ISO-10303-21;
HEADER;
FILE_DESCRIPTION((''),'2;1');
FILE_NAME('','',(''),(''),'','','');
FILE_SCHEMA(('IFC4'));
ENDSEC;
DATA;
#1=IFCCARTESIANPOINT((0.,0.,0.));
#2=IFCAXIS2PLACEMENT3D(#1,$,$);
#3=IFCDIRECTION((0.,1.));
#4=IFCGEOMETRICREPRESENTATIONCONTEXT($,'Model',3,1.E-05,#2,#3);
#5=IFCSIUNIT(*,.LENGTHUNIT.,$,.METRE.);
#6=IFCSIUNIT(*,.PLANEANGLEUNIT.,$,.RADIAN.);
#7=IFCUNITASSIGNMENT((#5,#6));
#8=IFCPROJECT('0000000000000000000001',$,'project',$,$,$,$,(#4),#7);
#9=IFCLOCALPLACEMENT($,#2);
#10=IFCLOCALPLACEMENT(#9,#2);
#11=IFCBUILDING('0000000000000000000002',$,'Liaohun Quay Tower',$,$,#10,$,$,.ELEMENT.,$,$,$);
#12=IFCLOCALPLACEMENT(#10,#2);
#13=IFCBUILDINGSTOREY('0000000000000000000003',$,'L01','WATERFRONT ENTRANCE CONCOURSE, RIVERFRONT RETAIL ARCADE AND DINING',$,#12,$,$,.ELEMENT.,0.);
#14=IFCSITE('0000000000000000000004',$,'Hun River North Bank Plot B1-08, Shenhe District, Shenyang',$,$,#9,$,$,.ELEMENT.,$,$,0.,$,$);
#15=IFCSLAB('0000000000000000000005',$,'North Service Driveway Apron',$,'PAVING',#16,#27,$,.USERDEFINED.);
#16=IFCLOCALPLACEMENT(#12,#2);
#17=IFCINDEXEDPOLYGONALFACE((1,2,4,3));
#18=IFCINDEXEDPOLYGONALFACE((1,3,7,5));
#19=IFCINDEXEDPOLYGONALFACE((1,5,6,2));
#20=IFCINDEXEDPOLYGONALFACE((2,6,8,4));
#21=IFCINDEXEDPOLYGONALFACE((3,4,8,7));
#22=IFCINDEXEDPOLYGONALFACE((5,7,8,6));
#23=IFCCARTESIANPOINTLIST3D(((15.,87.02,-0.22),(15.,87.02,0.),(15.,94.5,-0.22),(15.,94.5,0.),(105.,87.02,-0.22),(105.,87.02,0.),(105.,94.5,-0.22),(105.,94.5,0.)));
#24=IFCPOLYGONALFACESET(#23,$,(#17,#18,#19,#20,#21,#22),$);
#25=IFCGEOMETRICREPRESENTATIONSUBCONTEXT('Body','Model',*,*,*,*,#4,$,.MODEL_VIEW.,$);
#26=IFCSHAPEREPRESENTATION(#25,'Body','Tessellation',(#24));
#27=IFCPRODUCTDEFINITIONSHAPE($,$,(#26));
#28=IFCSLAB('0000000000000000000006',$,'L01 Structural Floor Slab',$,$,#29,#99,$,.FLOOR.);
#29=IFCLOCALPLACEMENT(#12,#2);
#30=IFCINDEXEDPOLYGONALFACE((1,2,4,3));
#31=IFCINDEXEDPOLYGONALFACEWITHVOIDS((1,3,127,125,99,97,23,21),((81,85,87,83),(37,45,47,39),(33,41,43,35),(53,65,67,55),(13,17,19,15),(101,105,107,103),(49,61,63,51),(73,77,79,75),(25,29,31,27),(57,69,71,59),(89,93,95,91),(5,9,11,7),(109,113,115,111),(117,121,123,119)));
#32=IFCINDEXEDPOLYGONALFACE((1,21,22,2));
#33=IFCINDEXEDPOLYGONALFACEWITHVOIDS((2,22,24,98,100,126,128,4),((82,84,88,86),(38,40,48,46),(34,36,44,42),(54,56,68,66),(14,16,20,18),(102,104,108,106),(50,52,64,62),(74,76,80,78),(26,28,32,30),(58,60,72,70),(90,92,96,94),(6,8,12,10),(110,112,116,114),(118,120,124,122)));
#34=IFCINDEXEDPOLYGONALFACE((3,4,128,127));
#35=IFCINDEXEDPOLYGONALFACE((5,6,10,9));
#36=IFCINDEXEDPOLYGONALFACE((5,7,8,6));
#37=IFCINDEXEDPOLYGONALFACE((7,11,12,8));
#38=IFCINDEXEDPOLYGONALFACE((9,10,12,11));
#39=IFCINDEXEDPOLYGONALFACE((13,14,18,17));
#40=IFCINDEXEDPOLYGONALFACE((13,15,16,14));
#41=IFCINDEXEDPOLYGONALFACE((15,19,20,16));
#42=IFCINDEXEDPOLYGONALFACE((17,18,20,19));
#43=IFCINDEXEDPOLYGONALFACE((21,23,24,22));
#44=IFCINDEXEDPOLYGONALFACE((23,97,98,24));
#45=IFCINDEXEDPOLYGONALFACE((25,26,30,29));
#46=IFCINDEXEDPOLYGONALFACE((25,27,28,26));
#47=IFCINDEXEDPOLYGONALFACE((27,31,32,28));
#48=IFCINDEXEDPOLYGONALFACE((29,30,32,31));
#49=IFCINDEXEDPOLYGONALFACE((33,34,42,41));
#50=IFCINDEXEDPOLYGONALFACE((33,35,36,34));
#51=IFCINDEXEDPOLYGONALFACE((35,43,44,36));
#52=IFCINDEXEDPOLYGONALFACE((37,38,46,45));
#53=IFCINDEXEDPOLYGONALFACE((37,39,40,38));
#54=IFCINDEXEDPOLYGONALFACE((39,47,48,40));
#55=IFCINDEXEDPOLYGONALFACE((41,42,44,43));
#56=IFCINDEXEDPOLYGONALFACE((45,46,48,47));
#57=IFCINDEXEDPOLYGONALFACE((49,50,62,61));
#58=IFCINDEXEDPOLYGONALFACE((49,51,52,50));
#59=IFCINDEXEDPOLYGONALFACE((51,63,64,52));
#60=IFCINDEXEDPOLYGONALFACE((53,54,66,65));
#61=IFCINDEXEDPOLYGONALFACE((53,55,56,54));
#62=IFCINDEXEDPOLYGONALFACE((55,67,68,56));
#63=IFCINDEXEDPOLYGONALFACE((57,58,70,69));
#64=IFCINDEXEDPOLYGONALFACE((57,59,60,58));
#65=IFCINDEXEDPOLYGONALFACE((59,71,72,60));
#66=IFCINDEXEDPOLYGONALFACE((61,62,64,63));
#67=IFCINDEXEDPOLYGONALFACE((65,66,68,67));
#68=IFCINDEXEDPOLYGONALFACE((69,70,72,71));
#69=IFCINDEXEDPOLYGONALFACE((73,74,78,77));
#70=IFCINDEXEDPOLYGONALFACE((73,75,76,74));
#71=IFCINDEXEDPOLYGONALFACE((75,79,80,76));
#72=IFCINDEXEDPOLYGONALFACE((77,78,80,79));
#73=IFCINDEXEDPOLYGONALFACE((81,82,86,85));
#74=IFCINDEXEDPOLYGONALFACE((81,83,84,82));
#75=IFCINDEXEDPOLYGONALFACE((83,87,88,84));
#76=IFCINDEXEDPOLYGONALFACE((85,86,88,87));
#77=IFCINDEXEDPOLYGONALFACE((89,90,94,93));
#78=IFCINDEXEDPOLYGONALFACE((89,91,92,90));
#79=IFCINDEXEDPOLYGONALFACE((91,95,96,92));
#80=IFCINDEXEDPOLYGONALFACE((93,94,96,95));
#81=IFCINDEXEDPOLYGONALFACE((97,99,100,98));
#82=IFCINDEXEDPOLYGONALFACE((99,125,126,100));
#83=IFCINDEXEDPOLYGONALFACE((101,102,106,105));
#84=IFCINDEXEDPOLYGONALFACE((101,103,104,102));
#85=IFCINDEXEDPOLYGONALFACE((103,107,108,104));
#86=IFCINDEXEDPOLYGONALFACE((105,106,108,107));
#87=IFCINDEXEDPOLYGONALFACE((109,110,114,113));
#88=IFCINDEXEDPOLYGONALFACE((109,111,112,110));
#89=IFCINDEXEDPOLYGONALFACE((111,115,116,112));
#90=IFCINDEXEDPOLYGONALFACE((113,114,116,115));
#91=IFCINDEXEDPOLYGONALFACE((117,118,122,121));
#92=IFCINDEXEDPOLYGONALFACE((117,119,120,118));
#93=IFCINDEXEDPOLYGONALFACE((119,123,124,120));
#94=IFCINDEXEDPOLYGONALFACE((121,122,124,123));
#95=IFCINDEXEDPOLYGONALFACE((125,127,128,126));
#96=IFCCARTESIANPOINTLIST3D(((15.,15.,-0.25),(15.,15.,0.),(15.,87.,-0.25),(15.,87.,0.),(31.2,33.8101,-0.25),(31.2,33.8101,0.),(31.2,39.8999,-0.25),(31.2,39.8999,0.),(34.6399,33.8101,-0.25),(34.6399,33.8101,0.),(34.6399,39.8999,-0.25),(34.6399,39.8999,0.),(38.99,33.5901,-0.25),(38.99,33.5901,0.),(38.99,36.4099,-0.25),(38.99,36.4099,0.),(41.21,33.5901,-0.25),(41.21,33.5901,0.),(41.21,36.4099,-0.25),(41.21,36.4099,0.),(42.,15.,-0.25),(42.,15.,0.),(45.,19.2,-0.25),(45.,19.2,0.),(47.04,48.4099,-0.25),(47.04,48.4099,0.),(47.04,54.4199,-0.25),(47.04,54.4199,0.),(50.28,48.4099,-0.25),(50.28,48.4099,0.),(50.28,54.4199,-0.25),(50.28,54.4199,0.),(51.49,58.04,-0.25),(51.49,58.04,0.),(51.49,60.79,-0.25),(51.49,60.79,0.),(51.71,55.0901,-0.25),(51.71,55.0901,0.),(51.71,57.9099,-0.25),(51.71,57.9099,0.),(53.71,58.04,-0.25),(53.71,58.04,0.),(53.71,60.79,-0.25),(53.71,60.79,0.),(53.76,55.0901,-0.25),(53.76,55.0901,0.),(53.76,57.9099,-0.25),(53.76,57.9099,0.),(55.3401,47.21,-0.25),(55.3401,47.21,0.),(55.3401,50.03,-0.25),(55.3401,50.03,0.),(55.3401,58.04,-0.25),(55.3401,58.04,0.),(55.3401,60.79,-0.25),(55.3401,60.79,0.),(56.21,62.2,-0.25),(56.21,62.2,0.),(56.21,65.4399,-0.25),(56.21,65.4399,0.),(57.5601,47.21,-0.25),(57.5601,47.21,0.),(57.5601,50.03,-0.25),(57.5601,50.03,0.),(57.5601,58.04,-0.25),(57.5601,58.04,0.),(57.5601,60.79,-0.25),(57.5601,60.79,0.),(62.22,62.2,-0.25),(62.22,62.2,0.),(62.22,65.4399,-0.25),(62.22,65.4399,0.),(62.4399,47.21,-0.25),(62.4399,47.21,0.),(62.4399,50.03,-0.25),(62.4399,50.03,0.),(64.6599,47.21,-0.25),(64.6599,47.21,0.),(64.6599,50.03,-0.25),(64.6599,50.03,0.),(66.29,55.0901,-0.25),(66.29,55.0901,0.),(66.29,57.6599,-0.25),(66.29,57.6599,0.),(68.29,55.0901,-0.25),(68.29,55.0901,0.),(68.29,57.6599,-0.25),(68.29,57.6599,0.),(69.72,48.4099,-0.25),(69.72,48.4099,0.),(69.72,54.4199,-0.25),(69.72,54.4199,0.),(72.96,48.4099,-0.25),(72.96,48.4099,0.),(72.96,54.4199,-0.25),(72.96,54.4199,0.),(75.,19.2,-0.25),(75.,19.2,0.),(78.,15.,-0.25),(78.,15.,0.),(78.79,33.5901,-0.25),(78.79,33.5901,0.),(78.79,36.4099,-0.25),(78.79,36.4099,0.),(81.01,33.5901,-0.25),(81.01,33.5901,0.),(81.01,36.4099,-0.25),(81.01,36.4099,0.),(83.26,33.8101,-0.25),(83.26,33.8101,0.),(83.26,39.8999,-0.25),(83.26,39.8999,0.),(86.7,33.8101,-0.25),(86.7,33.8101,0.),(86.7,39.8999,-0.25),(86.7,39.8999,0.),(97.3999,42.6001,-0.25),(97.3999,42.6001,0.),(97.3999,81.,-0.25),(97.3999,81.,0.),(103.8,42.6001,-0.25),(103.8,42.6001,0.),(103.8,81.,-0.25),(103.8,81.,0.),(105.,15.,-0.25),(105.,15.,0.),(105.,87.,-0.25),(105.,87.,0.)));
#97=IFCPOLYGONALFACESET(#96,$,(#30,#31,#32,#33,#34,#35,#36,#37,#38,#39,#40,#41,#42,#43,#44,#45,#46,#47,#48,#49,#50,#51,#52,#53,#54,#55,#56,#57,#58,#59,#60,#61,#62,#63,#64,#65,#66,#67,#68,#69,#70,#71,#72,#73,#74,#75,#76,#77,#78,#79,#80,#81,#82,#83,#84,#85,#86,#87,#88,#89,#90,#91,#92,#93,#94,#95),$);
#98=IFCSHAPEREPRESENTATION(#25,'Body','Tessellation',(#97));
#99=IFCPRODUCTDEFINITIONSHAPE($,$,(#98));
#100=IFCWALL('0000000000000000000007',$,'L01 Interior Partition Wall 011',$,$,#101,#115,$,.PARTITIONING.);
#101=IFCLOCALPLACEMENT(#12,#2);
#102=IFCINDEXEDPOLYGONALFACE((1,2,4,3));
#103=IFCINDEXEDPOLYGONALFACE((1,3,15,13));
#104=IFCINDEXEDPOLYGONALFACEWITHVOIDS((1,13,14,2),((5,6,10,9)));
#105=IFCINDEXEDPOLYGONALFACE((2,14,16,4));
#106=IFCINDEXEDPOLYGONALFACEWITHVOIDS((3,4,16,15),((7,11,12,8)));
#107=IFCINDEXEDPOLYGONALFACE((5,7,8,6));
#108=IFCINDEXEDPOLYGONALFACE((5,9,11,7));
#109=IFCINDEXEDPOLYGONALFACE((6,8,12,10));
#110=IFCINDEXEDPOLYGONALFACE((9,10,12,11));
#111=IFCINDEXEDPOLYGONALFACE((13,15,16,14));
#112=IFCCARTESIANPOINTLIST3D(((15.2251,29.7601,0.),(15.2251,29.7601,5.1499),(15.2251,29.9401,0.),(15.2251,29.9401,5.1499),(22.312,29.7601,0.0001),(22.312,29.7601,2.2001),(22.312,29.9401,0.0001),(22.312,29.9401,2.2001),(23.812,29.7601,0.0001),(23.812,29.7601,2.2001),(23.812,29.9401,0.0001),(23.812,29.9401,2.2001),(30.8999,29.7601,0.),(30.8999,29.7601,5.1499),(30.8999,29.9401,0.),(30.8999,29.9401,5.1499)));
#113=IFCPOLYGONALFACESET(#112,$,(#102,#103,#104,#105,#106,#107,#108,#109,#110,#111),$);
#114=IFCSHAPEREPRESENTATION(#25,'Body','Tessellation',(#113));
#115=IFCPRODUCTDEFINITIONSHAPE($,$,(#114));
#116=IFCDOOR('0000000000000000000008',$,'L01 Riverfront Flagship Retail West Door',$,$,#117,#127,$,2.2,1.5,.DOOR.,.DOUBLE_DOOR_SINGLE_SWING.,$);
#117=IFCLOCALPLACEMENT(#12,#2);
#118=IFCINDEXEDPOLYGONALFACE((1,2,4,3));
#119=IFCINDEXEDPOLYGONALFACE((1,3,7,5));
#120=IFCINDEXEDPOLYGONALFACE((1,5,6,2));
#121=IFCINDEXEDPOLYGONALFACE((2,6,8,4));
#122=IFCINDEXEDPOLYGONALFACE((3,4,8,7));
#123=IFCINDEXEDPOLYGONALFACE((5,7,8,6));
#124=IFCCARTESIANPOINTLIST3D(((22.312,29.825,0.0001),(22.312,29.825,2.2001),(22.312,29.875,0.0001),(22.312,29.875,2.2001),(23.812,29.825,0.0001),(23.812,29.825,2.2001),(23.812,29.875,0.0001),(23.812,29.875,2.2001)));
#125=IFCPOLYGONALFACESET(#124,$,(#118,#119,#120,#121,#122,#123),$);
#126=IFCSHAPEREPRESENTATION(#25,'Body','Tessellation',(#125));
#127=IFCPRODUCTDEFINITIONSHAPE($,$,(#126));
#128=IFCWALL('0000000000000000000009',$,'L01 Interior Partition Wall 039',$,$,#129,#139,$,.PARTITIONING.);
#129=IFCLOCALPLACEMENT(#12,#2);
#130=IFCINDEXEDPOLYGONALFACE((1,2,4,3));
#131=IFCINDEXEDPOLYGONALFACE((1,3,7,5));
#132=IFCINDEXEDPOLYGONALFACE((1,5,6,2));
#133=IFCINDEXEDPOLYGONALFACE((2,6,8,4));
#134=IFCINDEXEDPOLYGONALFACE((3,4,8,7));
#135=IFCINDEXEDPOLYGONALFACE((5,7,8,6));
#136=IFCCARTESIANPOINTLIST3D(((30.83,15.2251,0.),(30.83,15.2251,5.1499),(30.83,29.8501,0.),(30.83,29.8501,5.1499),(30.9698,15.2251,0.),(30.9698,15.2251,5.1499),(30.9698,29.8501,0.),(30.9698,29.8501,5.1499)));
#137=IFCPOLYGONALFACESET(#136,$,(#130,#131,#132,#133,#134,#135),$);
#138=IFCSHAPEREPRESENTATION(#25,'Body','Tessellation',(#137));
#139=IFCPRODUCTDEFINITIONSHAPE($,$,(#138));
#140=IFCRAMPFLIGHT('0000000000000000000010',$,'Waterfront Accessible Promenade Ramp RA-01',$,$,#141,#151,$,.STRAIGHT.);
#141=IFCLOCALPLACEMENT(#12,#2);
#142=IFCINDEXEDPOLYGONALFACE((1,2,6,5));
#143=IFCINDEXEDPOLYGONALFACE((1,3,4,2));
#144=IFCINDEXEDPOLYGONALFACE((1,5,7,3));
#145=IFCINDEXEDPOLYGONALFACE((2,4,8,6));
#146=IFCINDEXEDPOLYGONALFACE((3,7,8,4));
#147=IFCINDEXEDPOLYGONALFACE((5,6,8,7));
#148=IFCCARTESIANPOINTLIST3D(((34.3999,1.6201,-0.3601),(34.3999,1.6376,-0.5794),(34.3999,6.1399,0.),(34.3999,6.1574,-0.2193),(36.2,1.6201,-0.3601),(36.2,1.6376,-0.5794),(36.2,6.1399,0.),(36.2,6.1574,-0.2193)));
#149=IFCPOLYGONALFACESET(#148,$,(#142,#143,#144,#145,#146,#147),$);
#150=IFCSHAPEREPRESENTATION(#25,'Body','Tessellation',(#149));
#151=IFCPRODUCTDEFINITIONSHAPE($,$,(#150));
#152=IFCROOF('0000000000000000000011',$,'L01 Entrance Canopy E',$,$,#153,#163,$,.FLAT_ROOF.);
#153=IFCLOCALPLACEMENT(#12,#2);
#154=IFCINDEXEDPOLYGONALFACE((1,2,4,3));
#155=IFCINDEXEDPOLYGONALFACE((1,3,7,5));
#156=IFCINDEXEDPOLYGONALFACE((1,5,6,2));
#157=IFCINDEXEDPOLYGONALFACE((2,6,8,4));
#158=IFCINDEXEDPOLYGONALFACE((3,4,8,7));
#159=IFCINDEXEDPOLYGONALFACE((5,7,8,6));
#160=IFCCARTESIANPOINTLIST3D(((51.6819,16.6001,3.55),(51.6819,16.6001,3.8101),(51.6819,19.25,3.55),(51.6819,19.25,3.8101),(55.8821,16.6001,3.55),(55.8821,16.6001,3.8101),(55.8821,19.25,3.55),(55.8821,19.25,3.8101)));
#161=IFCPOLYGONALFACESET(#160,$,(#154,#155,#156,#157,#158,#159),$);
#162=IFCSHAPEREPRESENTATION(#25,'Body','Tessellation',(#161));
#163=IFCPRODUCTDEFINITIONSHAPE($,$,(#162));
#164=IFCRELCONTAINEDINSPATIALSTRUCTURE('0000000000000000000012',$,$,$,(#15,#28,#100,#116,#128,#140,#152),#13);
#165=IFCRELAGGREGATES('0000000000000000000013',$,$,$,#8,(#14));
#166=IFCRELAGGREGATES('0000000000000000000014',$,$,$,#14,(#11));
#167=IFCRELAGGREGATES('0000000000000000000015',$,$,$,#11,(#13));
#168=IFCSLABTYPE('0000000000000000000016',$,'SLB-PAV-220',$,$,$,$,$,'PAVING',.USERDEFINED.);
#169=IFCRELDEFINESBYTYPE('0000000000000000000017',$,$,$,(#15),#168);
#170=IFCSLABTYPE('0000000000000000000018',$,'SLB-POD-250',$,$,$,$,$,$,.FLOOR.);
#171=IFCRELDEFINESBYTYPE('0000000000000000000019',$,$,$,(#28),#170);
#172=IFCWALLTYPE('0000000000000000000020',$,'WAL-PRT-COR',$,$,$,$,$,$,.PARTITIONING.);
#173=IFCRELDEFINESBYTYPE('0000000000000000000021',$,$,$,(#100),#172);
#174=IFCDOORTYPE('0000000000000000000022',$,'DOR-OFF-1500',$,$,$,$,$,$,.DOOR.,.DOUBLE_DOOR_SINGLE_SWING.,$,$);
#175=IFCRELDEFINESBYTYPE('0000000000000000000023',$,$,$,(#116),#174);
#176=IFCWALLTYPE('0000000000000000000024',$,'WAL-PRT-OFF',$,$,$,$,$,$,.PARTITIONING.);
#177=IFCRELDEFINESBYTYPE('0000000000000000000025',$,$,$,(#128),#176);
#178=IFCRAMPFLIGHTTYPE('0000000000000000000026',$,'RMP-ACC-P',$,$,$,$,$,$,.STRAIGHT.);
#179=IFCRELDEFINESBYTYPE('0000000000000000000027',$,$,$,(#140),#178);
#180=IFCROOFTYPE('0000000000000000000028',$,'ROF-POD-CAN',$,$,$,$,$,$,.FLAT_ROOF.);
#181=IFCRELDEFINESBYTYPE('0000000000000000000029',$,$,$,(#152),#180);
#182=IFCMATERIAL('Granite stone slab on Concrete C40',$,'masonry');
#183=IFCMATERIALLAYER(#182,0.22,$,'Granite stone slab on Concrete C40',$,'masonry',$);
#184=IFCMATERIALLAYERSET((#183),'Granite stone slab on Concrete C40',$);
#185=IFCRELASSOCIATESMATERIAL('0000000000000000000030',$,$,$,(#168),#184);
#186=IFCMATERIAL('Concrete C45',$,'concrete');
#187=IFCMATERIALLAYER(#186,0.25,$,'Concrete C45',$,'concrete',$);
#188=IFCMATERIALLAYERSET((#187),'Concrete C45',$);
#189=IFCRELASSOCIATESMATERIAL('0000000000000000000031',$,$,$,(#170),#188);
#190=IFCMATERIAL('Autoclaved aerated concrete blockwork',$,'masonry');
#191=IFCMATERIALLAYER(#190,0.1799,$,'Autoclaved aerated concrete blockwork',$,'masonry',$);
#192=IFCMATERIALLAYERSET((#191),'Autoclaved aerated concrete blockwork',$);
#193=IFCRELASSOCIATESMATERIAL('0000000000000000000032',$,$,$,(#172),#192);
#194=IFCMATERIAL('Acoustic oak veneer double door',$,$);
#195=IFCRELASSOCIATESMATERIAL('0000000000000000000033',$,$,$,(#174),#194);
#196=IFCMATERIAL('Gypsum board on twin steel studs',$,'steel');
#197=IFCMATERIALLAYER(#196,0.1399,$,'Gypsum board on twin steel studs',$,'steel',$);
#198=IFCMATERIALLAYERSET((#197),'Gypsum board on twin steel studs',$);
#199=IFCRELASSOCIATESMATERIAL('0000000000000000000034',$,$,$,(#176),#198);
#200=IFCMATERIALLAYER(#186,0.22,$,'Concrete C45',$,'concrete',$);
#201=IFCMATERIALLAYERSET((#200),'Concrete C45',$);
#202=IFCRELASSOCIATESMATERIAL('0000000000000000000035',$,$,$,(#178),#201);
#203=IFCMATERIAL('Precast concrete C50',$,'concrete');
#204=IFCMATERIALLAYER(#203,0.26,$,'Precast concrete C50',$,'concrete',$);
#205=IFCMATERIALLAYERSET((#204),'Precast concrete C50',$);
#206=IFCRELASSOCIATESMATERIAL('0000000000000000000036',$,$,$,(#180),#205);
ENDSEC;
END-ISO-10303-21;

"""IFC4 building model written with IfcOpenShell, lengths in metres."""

from ifc_helpers import new_model, si_unit, direction, frame, frame_2d, origin, place, context, subcontext, project, spatial, polyline, rectangle, outline, extrude, source, transform, mapped, material, layer, layer_set, type_object, element, fill, save


model = new_model("IFC4")

# Units and contexts
model_context = context("Model", 3, precision=1e-05, world=origin(), true_north=direction((0.0, 1.0)))
body_context = subcontext(model_context, "Body", "Model", "MODEL_VIEW")
ifc_project = project(units=[si_unit("LENGTHUNIT", "METRE"), si_unit("PLANEANGLEUNIT", "RADIAN")], contexts=[model_context])

# Site, building, storey
site_placement = place(None, origin())
site = spatial("IfcSite", under=ifc_project, at=site_placement, Name="Hun River North Bank Plot B1-08, Shenhe District, Shenyang", CompositionType="ELEMENT", RefElevation=0.0)
building_placement = place(site_placement, origin())
building = spatial("IfcBuilding", under=site, at=building_placement, Name="Liaohun Quay Tower", CompositionType="ELEMENT")
storey_placement = place(building_placement, origin())
storey = spatial("IfcBuildingStorey", under=building, at=storey_placement, Name="L01", Description="WATERFRONT ENTRANCE CONCOURSE, RIVERFRONT RETAIL ARCADE AND DINING", CompositionType="ELEMENT", Elevation=0.0)

# Shared definitions
ifc_material_1 = material(Name="Concrete C45", Category="concrete")
ifc_material_2 = material(Name="Precast concrete C50", Category="concrete")

# Slabs
ifc_material_3 = material(Name="Granite stone slab on Concrete C40", Category="masonry")
ifc_layer_1 = layer(ifc_material_3, 0.22, Name="Granite stone slab on Concrete C40", Category="masonry")
ifc_layer_set_1 = layer_set([ifc_layer_1], Name="Granite stone slab on Concrete C40")
slab_type_1 = type_object("IfcSlabType", Name="SLB-PAV-220", ElementType="PAVING", PredefinedType="USERDEFINED", material=ifc_layer_set_1)
slab_1_placement = place(storey_placement, frame((0.0, 0.0, -0.22)))
element("IfcSlab", 1, at=slab_1_placement, inside=storey, type_object=slab_type_1, Name="North Service Driveway Apron", ObjectType="PAVING", PredefinedType="USERDEFINED", context=body_context, shape_type="SweptSolid", body=[
    extrude(outline(polyline([(15.0, 87.02), (105.0, 87.02), (105.0, 94.5), (15.0, 94.5), (15.0, 87.02)])), origin(), (0.0, 0.0, 1.0), 0.22),
])
ifc_layer_2 = layer(ifc_material_1, 0.25, Name="Concrete C45", Category="concrete")
ifc_layer_set_2 = layer_set([ifc_layer_2], Name="Concrete C45")
slab_type_2 = type_object("IfcSlabType", Name="SLB-POD-250", PredefinedType="FLOOR", material=ifc_layer_set_2)
slab_2_placement = place(storey_placement, frame((0.0, 0.0, -0.25)))
element("IfcSlab", 2, at=slab_2_placement, inside=storey, type_object=slab_type_2, Name="L01 Structural Floor Slab", PredefinedType="FLOOR", context=body_context, shape_type="SweptSolid", body=[
    extrude(outline(polyline([(15.0, 15.0), (42.0, 15.0), (45.0, 19.2), (75.0, 19.2), (78.0, 15.0), (105.0, 15.0), (105.0, 87.0), (15.0, 87.0), (15.0, 15.0)]), holes=[polyline([(41.21, 36.4099), (38.99, 36.4099), (38.99, 33.5901), (41.21, 33.5901), (41.21, 36.4099)]), polyline([(34.6399, 39.8999), (31.2, 39.8999), (31.2, 33.8101), (34.6399, 33.8101), (34.6399, 39.8999)]), polyline([(57.5601, 47.21), (57.5601, 50.03), (55.3401, 50.03), (55.3401, 47.21), (57.5601, 47.21)]), polyline([(50.28, 54.4199), (47.04, 54.4199), (47.04, 48.4099), (50.28, 48.4099), (50.28, 54.4199)]), polyline([(53.76, 55.0901), (53.76, 57.9099), (51.71, 57.9099), (51.71, 55.0901), (53.76, 55.0901)]), polyline([(53.71, 58.04), (53.71, 60.79), (51.49, 60.79), (51.49, 58.04), (53.71, 58.04)]), polyline([(57.5601, 58.04), (57.5601, 60.79), (55.3401, 60.79), (55.3401, 58.04), (57.5601, 58.04)]), polyline([(81.01, 36.4099), (78.79, 36.4099), (78.79, 33.5901), (81.01, 33.5901), (81.01, 36.4099)]), polyline([(86.7, 39.8999), (83.26, 39.8999), (83.26, 33.8101), (86.7, 33.8101), (86.7, 39.8999)]), polyline([(64.6599, 47.21), (64.6599, 50.03), (62.4399, 50.03), (62.4399, 47.21), (64.6599, 47.21)]), polyline([(72.96, 54.4199), (69.72, 54.4199), (69.72, 48.4099), (72.96, 48.4099), (72.96, 54.4199)]), polyline([(68.29, 55.0901), (68.29, 57.6599), (66.29, 57.6599), (66.29, 55.0901), (68.29, 55.0901)]), polyline([(103.8, 42.6001), (103.8, 81.0), (97.3999, 81.0), (97.3999, 42.6001), (103.8, 42.6001)]), polyline([(62.22, 62.2), (62.22, 65.4399), (56.21, 65.4399), (56.21, 62.2), (62.22, 62.2)])]), origin(), (0.0, 0.0, 1.0), 0.25),
])

# Wall, opening, door
ifc_material_4 = material(Name="Autoclaved aerated concrete blockwork", Category="masonry")
ifc_layer_3 = layer(ifc_material_4, 0.1799, Name="Autoclaved aerated concrete blockwork", Category="masonry")
ifc_layer_set_3 = layer_set([ifc_layer_3], Name="Autoclaved aerated concrete blockwork")
wall_type_1 = type_object("IfcWallType", Name="WAL-PRT-COR", PredefinedType="PARTITIONING", material=ifc_layer_set_3)
wall_1_placement = place(storey_placement, frame((15.2251, 29.8501, 0.0), z_axis=(0.0, 0.0, 1.0), x_axis=(1.0, 0.0, 0.0)))
wall_1 = element("IfcWall", 3, at=wall_1_placement, inside=storey, type_object=wall_type_1, Name="L01 Interior Partition Wall 011", PredefinedType="PARTITIONING", context=body_context, shape_type="SweptSolid", body=[
    extrude(rectangle(XDim=15.6748, YDim=0.1799, at=frame_2d((7.8374, 0.0))), origin(), (0.0, 0.0, 1.0), 5.1499),
])
shared_shape_1 = source(origin(), body_context, "Body", "SweptSolid", [
    extrude(rectangle(XDim=1.5, YDim=2.2, at=frame_2d((0.75, 1.1001))), frame((0.0, 0.0999, 0.0), z_axis=(0.0, -1.0, 0.0), x_axis=(1.0, 0.0, 0.0)), (0.0, 0.0, 1.0), 0.2),
])
opening_1_placement = place(wall_1_placement, frame((7.0869, 0.0, 0.0)))
opening_1 = element("IfcOpeningElement", 4, at=opening_1_placement, cuts=wall_1, PredefinedType="OPENING", context=body_context, shape_type="MappedRepresentation", body=[
    mapped(shared_shape_1, transform((0.0, 0.0, 0.0), x_axis=(1.0, 0.0, 0.0), y_axis=(0.0, 1.0, 0.0), z_axis=(0.0, 0.0, 1.0), scale=1.0)),
])
ifc_material_5 = material(Name="Acoustic oak veneer double door")
door_type_1 = type_object("IfcDoorType", Name="DOR-OFF-1500", OperationType="DOUBLE_DOOR_SINGLE_SWING", PredefinedType="DOOR", material=ifc_material_5)
shared_shape_2 = source(origin(), body_context, "Body", "SweptSolid", [
    extrude(rectangle(XDim=1.5, YDim=2.2, at=frame_2d((0.75, 1.1001))), frame((0.0, 0.0249, 0.0), z_axis=(0.0, -1.0, 0.0), x_axis=(1.0, 0.0, 0.0)), (0.0, 0.0, 1.0), 0.05),
])
door_1_placement = place(opening_1_placement, origin())
door_1 = element("IfcDoor", 5, at=door_1_placement, inside=storey, type_object=door_type_1, Name="L01 Riverfront Flagship Retail West Door", OperationType="DOUBLE_DOOR_SINGLE_SWING", OverallHeight=2.2, OverallWidth=1.5, PredefinedType="DOOR", context=body_context, shape_type="MappedRepresentation", body=[
    mapped(shared_shape_2, transform((0.0, 0.0, 0.0), x_axis=(1.0, 0.0, 0.0), y_axis=(0.0, 1.0, 0.0), z_axis=(0.0, 0.0, 1.0), scale=1.0)),
])
fill(opening_1, door_1)

# Wall
ifc_material_6 = material(Name="Gypsum board on twin steel studs", Category="steel")
ifc_layer_4 = layer(ifc_material_6, 0.1399, Name="Gypsum board on twin steel studs", Category="steel")
ifc_layer_set_4 = layer_set([ifc_layer_4], Name="Gypsum board on twin steel studs")
wall_type_2 = type_object("IfcWallType", Name="WAL-PRT-OFF", PredefinedType="PARTITIONING", material=ifc_layer_set_4)
wall_2_placement = place(storey_placement, frame((30.8999, 15.2251, 0.0), z_axis=(0.0, 0.0, 1.0), x_axis=(0.0, 1.0, 0.0)))
element("IfcWall", 6, at=wall_2_placement, inside=storey, type_object=wall_type_2, Name="L01 Interior Partition Wall 039", PredefinedType="PARTITIONING", context=body_context, shape_type="SweptSolid", body=[
    extrude(rectangle(XDim=14.625, YDim=0.1399, at=frame_2d((7.3125, 0.0))), origin(), (0.0, 0.0, 1.0), 5.1499),
])

# Ramp flight
ifc_layer_5 = layer(ifc_material_1, 0.22, Name="Concrete C45", Category="concrete")
ifc_layer_set_5 = layer_set([ifc_layer_5], Name="Concrete C45")
ramp_flight_type = type_object("IfcRampFlightType", Name="RMP-ACC-P", PredefinedType="STRAIGHT", material=ifc_layer_set_5)
ramp_flight_placement = place(storey_placement, frame((34.3999, 1.6201, -0.3601), z_axis=(0.0, -0.079422, 0.996841), x_axis=(1.0, 0.0, 0.0)))
element("IfcRampFlight", 7, at=ramp_flight_placement, inside=storey, type_object=ramp_flight_type, Name="Waterfront Accessible Promenade Ramp RA-01", PredefinedType="STRAIGHT", context=body_context, shape_type="SweptSolid", body=[
    extrude(outline(polyline([(0.0, 0.0), (1.8, 0.0), (1.8, 4.5341), (0.0, 4.5341), (0.0, 0.0)])), origin(), (0.0, 0.0, -1.0), 0.22),
])

# Roof
ifc_layer_6 = layer(ifc_material_2, 0.26, Name="Precast concrete C50", Category="concrete")
ifc_layer_set_6 = layer_set([ifc_layer_6], Name="Precast concrete C50")
roof_type = type_object("IfcRoofType", Name="ROF-POD-CAN", PredefinedType="FLAT_ROOF", material=ifc_layer_set_6)
roof_1_placement = place(storey_placement, frame((0.0, 0.0, 3.55)))
element("IfcRoof", 8, at=roof_1_placement, inside=storey, type_object=roof_type, Name="L01 Entrance Canopy E", PredefinedType="FLAT_ROOF", context=body_context, shape_type="SweptSolid", body=[
    extrude(outline(polyline([(51.6819, 16.6001), (55.8821, 16.6001), (55.8821, 19.25), (51.6819, 19.25), (51.6819, 16.6001)])), origin(), (0.0, 0.0, 1.0), 0.26),
])

save(model, "model.ifc")
